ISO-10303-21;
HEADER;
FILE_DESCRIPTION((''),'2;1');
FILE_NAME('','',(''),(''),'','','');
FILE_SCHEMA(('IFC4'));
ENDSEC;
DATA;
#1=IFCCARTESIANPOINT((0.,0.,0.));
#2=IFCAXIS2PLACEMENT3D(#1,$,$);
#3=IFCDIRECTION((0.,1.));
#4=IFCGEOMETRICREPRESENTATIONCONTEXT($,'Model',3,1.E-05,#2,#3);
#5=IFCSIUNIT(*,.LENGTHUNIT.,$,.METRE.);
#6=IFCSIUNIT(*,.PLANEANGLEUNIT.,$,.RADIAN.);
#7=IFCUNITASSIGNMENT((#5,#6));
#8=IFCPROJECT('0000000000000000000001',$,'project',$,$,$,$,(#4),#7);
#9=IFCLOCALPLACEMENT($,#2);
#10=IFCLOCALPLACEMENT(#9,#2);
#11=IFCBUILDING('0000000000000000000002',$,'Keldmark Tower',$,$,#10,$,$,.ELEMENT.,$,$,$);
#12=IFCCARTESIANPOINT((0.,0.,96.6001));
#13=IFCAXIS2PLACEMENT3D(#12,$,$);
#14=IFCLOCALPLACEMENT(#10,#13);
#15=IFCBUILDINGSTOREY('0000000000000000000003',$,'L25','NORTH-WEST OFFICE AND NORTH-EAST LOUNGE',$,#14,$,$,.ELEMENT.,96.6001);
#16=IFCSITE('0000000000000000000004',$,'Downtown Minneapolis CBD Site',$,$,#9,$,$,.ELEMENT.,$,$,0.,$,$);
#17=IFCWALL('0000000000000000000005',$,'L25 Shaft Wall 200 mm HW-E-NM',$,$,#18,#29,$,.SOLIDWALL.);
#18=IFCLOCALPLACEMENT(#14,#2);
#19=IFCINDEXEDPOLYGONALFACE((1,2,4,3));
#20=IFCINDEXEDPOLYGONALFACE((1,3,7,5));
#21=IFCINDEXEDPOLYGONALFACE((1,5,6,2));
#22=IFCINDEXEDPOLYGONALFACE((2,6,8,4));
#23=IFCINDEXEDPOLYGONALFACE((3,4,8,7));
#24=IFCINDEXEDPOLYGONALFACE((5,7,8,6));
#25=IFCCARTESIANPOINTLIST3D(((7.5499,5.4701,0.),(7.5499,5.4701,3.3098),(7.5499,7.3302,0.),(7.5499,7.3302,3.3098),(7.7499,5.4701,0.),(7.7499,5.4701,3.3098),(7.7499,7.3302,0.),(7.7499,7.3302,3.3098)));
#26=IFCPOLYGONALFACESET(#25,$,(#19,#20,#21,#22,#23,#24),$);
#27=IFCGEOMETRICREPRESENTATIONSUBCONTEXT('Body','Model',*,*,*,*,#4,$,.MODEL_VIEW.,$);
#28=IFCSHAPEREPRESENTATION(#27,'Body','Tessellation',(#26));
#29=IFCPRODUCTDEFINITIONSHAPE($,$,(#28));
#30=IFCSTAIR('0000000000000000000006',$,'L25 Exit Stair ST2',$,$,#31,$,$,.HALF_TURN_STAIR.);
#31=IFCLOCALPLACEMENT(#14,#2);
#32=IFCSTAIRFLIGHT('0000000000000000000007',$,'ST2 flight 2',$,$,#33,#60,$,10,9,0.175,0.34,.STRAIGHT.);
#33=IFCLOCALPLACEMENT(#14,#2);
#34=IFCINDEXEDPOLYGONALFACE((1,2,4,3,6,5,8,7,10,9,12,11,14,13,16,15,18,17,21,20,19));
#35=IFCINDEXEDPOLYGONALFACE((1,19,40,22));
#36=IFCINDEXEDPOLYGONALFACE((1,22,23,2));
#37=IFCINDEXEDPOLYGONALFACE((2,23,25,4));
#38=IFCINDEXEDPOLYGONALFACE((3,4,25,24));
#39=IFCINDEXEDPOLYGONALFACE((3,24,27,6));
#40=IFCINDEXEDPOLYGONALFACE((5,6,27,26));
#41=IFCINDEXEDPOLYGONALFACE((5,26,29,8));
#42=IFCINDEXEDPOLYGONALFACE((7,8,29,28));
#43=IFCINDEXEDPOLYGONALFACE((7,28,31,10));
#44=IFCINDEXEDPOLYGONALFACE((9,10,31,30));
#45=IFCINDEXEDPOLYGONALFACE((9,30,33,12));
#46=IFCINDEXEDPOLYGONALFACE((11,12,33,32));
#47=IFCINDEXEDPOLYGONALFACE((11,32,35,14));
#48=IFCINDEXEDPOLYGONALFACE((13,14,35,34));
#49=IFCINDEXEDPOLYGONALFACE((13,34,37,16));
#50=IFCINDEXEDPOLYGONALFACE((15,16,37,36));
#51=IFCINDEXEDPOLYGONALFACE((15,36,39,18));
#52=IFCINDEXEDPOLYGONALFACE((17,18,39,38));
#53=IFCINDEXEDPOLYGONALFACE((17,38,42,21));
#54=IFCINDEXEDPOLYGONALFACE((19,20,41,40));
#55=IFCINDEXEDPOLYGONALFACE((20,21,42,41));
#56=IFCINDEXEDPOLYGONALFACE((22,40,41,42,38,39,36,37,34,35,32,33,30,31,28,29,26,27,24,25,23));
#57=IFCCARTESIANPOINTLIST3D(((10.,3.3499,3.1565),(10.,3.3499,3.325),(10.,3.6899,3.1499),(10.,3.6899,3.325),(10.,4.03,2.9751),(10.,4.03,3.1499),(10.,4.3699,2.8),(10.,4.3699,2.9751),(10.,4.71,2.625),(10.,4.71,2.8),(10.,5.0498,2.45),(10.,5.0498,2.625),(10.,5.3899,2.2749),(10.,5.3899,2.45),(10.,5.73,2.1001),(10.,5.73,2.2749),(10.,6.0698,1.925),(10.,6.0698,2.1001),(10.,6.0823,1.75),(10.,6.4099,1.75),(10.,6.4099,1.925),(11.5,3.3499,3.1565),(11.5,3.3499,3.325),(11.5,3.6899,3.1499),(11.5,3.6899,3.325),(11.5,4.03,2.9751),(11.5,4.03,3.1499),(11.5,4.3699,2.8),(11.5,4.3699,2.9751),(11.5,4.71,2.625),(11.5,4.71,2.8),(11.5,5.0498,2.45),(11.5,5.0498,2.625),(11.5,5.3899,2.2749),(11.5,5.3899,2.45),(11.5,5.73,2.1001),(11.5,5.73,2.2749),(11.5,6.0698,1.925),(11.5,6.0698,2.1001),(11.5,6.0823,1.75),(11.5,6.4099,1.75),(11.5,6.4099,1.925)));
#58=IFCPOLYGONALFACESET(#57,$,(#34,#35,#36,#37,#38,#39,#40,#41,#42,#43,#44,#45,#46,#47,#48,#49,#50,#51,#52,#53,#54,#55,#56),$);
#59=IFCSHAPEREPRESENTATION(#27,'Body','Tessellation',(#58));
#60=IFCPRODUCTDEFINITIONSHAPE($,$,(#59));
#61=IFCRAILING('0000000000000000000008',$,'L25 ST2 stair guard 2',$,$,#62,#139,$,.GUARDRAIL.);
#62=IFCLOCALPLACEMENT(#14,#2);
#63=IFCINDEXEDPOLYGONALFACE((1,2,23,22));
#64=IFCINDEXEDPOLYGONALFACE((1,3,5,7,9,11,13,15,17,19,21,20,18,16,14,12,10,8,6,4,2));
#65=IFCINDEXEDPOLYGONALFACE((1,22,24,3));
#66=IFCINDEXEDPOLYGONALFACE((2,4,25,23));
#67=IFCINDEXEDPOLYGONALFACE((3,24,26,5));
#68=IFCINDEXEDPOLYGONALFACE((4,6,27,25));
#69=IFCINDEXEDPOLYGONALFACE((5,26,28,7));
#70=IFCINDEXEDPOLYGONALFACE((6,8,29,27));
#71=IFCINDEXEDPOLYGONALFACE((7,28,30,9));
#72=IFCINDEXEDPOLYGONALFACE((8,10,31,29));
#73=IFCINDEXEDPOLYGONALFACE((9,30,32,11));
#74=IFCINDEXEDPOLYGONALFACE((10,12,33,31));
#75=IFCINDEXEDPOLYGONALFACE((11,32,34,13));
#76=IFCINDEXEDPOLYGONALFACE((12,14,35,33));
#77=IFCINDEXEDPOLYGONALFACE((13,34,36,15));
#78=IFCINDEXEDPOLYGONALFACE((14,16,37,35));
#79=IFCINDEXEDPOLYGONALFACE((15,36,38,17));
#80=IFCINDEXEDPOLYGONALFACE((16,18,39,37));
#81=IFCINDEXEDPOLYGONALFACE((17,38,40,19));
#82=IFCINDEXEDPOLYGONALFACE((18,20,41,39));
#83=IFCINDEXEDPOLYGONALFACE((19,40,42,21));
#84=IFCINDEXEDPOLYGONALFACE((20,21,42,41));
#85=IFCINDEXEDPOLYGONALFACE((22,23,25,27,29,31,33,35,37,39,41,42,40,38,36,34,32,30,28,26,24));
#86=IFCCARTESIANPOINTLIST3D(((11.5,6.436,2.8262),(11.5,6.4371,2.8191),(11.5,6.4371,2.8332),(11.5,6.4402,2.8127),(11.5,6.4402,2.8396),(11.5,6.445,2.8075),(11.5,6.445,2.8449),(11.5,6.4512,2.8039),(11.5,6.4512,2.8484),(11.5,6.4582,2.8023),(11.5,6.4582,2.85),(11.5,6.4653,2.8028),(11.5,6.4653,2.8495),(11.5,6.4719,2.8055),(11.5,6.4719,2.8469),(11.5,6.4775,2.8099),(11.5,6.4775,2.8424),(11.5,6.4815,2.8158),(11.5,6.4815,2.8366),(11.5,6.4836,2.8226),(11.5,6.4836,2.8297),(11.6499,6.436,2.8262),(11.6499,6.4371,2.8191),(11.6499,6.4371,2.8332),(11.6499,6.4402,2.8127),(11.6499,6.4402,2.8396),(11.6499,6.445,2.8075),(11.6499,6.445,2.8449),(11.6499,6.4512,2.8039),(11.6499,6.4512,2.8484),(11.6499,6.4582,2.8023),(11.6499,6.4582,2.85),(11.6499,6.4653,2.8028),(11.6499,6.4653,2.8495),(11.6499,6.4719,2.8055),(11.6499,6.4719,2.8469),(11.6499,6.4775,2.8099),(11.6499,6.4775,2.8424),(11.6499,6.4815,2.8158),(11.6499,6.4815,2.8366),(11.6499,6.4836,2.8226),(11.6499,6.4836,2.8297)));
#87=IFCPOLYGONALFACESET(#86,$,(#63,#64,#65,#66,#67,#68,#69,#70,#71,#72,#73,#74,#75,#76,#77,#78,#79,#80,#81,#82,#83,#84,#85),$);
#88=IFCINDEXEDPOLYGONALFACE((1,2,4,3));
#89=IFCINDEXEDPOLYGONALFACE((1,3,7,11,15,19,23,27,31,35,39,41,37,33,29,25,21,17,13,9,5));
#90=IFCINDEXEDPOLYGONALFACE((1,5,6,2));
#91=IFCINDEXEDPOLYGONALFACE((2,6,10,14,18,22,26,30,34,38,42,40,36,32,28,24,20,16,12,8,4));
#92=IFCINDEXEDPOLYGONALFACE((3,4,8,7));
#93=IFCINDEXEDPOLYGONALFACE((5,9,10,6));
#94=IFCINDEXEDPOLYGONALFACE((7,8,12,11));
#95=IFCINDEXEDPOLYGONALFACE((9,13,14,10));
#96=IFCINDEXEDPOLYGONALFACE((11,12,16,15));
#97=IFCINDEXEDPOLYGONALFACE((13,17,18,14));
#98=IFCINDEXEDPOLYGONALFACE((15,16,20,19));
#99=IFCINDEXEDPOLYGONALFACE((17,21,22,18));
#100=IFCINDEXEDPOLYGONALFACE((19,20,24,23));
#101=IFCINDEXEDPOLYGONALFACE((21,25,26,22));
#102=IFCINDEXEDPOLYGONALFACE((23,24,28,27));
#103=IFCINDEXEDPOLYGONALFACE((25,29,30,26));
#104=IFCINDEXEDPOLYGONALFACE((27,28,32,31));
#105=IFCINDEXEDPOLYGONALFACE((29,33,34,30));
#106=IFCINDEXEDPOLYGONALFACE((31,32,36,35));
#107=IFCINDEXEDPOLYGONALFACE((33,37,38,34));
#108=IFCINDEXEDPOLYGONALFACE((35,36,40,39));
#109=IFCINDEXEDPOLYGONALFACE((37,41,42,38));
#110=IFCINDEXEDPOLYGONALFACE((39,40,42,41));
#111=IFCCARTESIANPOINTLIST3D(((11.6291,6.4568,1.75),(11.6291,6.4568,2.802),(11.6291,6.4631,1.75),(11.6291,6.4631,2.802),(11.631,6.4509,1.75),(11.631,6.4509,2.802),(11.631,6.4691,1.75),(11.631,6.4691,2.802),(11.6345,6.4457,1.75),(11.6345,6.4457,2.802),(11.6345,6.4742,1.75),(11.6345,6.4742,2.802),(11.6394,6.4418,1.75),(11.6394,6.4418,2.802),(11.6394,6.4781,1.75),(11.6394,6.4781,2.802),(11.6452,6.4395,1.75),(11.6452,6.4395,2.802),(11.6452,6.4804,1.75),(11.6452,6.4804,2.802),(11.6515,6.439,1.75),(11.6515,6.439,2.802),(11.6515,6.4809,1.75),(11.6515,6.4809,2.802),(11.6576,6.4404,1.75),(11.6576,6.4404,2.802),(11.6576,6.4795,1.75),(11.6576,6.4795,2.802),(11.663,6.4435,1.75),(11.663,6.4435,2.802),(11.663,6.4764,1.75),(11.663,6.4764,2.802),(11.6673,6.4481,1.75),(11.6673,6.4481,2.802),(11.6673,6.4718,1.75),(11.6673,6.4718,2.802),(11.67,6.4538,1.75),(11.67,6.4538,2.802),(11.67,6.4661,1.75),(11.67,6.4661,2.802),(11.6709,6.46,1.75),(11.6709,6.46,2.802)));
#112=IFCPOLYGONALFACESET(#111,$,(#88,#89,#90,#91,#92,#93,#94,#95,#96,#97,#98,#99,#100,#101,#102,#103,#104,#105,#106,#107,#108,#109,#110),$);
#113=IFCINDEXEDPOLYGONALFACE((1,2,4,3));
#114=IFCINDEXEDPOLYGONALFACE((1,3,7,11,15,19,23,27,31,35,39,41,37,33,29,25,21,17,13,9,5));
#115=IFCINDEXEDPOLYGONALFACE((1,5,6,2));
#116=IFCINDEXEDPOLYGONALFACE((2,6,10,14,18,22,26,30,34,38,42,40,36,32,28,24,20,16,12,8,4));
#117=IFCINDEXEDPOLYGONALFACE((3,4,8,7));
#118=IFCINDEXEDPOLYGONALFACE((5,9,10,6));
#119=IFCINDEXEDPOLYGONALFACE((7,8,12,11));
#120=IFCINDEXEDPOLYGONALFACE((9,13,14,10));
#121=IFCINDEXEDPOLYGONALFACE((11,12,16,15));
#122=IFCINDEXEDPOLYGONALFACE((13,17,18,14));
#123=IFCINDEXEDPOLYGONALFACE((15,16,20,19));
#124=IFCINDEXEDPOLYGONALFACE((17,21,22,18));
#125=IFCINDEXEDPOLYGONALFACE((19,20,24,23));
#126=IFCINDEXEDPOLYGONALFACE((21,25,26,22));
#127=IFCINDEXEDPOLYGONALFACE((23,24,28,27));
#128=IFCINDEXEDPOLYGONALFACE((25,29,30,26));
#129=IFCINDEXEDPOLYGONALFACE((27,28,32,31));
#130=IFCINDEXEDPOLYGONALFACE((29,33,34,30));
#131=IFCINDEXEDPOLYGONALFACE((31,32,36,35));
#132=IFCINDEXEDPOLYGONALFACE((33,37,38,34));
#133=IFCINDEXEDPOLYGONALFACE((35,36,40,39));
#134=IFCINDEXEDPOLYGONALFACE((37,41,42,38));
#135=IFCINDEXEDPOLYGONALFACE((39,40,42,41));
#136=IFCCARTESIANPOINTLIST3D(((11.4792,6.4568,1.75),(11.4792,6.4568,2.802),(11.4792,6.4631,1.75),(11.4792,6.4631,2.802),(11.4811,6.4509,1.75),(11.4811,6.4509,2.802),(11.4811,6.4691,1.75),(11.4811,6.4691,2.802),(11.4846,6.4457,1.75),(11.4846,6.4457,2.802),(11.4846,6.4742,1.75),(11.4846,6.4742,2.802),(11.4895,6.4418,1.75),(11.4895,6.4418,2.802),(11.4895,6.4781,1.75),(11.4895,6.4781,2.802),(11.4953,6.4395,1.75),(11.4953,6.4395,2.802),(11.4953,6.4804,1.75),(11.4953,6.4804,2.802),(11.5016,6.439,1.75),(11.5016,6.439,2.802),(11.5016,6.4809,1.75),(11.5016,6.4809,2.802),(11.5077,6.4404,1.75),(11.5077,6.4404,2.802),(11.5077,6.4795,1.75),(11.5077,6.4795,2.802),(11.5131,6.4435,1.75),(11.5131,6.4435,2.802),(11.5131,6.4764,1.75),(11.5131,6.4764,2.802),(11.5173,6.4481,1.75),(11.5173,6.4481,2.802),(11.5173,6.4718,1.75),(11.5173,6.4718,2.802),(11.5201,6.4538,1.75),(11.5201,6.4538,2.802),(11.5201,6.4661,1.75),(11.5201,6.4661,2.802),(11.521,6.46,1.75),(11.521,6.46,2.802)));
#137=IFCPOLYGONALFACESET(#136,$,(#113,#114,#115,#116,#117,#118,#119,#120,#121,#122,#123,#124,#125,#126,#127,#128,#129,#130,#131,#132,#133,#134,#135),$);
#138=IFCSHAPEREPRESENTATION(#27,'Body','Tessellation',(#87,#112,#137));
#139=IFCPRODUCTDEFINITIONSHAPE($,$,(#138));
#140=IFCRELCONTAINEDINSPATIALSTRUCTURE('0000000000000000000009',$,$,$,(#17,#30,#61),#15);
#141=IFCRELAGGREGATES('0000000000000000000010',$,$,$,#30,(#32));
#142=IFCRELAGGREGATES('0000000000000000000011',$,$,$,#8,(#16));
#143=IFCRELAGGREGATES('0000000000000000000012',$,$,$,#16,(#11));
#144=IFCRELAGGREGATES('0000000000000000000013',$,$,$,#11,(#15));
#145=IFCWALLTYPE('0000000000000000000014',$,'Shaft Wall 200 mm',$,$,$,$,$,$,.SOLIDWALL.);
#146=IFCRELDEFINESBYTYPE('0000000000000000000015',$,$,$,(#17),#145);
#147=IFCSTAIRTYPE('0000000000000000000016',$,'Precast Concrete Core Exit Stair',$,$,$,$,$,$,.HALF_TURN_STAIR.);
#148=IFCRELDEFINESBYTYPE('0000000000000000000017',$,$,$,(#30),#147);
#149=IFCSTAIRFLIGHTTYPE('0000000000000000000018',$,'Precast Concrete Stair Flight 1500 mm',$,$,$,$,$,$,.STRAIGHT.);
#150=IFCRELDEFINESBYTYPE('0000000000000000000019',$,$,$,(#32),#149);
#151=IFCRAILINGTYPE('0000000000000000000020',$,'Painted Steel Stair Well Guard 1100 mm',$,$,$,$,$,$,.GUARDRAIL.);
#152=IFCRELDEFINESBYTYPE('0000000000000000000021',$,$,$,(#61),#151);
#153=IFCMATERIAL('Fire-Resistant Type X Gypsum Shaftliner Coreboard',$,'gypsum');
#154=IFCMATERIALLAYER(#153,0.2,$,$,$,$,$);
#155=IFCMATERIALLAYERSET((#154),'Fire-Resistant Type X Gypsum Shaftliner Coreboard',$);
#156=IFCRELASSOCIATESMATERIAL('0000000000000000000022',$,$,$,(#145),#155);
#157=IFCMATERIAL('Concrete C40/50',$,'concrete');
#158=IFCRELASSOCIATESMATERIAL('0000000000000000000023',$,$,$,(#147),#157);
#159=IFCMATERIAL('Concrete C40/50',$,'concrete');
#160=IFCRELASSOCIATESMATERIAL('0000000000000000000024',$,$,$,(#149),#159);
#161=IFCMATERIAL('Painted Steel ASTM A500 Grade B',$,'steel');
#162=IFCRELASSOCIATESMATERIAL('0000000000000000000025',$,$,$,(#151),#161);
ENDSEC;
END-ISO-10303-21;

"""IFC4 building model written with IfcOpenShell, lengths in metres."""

from ifc_helpers import new_model, si_unit, direction, frame, frame_2d, origin, origin_2d, place, context, subcontext, project, spatial, polyline, rectangle, circle, outline, extrude, material, layer, layer_set, type_object, element, aggregate, save


model = new_model("IFC4")

# Units and contexts
model_context = context("Model", 3, precision=1e-05, world=origin(), true_north=direction((0.0, 1.0)))
body_context = subcontext(model_context, "Body", "Model", "MODEL_VIEW")
ifc_project = project(units=[si_unit("LENGTHUNIT", "METRE"), si_unit("PLANEANGLEUNIT", "RADIAN")], contexts=[model_context])

# Site, building, storey
site_placement = place(None, origin())
site = spatial("IfcSite", under=ifc_project, at=site_placement, Name="Downtown Minneapolis CBD Site", CompositionType="ELEMENT", RefElevation=0.0)
building_placement = place(site_placement, origin())
building = spatial("IfcBuilding", under=site, at=building_placement, Name="Keldmark Tower", CompositionType="ELEMENT")
storey_placement = place(building_placement, frame((0.0, 0.0, 96.6001)))
storey = spatial("IfcBuildingStorey", under=building, at=storey_placement, Name="L25", Description="NORTH-WEST OFFICE AND NORTH-EAST LOUNGE", CompositionType="ELEMENT", Elevation=96.6001)

# Shared definitions
ifc_material_1 = material(Name="Fire-Resistant Type X Gypsum Shaftliner Coreboard", Category="gypsum")
ifc_layer_1 = layer(ifc_material_1, 0.2)
ifc_layer_set_1 = layer_set([ifc_layer_1], Name="Fire-Resistant Type X Gypsum Shaftliner Coreboard")
wall_type_1 = type_object("IfcWallType", Name="Shaft Wall 200 mm", PredefinedType="SOLIDWALL", material=ifc_layer_set_1)

# Wall
wall_1_placement = place(storey_placement, frame((7.6499, 5.47, 0.0), z_axis=(0.0, 0.0, 1.0), x_axis=(0.0, 1.0, 0.0)))
element("IfcWall", 1, at=wall_1_placement, inside=storey, type_object=wall_type_1, Name="L25 Shaft Wall 200 mm HW-E-NM", PredefinedType="SOLIDWALL", context=body_context, shape_type="SweptSolid", body=[
    extrude(rectangle(XDim=1.8601, YDim=0.2, at=frame_2d((0.9302, 0.0))), origin(), (0.0, 0.0, 1.0), 3.3098),
])

# Stair, stair flight
ifc_material_2 = material(Name="Concrete C40/50", Category="concrete")
stair_type = type_object("IfcStairType", Name="Precast Concrete Core Exit Stair", PredefinedType="HALF_TURN_STAIR", material=ifc_material_2)
stair_placement = place(storey_placement, origin())
stair = element("IfcStair", 2, at=stair_placement, inside=storey, type_object=stair_type, Name="L25 Exit Stair ST2", PredefinedType="HALF_TURN_STAIR")
ifc_material_3 = material(Name="Concrete C40/50", Category="concrete")
stair_flight_type = type_object("IfcStairFlightType", Name="Precast Concrete Stair Flight 1500 mm", PredefinedType="STRAIGHT", material=ifc_material_3)
stair_flight_placement = place(storey_placement, frame((10.75, 6.4099, 1.75), z_axis=(0.0, 0.0, 1.0), x_axis=(0.0, -1.0, 0.0)))
stair_flight = element("IfcStairFlight", 3, at=stair_flight_placement, type_object=stair_flight_type, Name="ST2 flight 2", NumberOfRisers=10, NumberOfTreads=9, PredefinedType="STRAIGHT", RiserHeight=0.175, TreadLength=0.34, context=body_context, shape_type="SweptSolid", body=[
    extrude(outline(polyline([(0.0, 0.0), (0.0, 0.175), (0.3401, 0.175), (0.3401, 0.3501), (0.6799, 0.3501), (0.6799, 0.5249), (1.02, 0.5249), (1.02, 0.7), (1.3601, 0.7), (1.3601, 0.875), (1.7, 0.875), (1.7, 1.05), (2.04, 1.05), (2.04, 1.2251), (2.3799, 1.2251), (2.3799, 1.3999), (2.72, 1.3999), (2.72, 1.575), (3.0601, 1.575), (3.0601, 1.75), (3.0601, 1.4065), (0.3276, 0.0), (0.0, 0.0)])), frame((0.0, 0.75, 0.0), z_axis=(0.0, -1.0, 0.0), x_axis=(1.0, 0.0, 0.0)), (0.0, 0.0, 1.0), 1.5),
])
aggregate(stair, [stair_flight])

# Railing
ifc_material_4 = material(Name="Painted Steel ASTM A500 Grade B", Category="steel")
railing_type_1 = type_object("IfcRailingType", Name="Painted Steel Stair Well Guard 1100 mm", PredefinedType="GUARDRAIL", material=ifc_material_4)
railing_1_placement = place(storey_placement, frame((11.6499, 6.46, 1.75)))
element("IfcRailing", 4, at=railing_1_placement, inside=storey, type_object=railing_type_1, Name="L25 ST2 stair guard 2", PredefinedType="GUARDRAIL", context=body_context, shape_type="SweptSolid", body=[
    extrude(circle(Radius=0.0239, at=origin_2d()), frame((0.0, 0.0, 1.0762), z_axis=(-1.0, 0.0, 0.0), x_axis=(0.0, -1.0, 0.0)), (0.0, 0.0, 1.0), 0.1499),
    extrude(circle(Radius=0.021, at=origin_2d()), origin(), (0.0, 0.0, 1.0), 1.052),
    extrude(circle(Radius=0.021, at=origin_2d()), frame((-0.1499, 0.0, 0.0)), (0.0, 0.0, 1.0), 1.052),
])

save(model, "model.ifc")
